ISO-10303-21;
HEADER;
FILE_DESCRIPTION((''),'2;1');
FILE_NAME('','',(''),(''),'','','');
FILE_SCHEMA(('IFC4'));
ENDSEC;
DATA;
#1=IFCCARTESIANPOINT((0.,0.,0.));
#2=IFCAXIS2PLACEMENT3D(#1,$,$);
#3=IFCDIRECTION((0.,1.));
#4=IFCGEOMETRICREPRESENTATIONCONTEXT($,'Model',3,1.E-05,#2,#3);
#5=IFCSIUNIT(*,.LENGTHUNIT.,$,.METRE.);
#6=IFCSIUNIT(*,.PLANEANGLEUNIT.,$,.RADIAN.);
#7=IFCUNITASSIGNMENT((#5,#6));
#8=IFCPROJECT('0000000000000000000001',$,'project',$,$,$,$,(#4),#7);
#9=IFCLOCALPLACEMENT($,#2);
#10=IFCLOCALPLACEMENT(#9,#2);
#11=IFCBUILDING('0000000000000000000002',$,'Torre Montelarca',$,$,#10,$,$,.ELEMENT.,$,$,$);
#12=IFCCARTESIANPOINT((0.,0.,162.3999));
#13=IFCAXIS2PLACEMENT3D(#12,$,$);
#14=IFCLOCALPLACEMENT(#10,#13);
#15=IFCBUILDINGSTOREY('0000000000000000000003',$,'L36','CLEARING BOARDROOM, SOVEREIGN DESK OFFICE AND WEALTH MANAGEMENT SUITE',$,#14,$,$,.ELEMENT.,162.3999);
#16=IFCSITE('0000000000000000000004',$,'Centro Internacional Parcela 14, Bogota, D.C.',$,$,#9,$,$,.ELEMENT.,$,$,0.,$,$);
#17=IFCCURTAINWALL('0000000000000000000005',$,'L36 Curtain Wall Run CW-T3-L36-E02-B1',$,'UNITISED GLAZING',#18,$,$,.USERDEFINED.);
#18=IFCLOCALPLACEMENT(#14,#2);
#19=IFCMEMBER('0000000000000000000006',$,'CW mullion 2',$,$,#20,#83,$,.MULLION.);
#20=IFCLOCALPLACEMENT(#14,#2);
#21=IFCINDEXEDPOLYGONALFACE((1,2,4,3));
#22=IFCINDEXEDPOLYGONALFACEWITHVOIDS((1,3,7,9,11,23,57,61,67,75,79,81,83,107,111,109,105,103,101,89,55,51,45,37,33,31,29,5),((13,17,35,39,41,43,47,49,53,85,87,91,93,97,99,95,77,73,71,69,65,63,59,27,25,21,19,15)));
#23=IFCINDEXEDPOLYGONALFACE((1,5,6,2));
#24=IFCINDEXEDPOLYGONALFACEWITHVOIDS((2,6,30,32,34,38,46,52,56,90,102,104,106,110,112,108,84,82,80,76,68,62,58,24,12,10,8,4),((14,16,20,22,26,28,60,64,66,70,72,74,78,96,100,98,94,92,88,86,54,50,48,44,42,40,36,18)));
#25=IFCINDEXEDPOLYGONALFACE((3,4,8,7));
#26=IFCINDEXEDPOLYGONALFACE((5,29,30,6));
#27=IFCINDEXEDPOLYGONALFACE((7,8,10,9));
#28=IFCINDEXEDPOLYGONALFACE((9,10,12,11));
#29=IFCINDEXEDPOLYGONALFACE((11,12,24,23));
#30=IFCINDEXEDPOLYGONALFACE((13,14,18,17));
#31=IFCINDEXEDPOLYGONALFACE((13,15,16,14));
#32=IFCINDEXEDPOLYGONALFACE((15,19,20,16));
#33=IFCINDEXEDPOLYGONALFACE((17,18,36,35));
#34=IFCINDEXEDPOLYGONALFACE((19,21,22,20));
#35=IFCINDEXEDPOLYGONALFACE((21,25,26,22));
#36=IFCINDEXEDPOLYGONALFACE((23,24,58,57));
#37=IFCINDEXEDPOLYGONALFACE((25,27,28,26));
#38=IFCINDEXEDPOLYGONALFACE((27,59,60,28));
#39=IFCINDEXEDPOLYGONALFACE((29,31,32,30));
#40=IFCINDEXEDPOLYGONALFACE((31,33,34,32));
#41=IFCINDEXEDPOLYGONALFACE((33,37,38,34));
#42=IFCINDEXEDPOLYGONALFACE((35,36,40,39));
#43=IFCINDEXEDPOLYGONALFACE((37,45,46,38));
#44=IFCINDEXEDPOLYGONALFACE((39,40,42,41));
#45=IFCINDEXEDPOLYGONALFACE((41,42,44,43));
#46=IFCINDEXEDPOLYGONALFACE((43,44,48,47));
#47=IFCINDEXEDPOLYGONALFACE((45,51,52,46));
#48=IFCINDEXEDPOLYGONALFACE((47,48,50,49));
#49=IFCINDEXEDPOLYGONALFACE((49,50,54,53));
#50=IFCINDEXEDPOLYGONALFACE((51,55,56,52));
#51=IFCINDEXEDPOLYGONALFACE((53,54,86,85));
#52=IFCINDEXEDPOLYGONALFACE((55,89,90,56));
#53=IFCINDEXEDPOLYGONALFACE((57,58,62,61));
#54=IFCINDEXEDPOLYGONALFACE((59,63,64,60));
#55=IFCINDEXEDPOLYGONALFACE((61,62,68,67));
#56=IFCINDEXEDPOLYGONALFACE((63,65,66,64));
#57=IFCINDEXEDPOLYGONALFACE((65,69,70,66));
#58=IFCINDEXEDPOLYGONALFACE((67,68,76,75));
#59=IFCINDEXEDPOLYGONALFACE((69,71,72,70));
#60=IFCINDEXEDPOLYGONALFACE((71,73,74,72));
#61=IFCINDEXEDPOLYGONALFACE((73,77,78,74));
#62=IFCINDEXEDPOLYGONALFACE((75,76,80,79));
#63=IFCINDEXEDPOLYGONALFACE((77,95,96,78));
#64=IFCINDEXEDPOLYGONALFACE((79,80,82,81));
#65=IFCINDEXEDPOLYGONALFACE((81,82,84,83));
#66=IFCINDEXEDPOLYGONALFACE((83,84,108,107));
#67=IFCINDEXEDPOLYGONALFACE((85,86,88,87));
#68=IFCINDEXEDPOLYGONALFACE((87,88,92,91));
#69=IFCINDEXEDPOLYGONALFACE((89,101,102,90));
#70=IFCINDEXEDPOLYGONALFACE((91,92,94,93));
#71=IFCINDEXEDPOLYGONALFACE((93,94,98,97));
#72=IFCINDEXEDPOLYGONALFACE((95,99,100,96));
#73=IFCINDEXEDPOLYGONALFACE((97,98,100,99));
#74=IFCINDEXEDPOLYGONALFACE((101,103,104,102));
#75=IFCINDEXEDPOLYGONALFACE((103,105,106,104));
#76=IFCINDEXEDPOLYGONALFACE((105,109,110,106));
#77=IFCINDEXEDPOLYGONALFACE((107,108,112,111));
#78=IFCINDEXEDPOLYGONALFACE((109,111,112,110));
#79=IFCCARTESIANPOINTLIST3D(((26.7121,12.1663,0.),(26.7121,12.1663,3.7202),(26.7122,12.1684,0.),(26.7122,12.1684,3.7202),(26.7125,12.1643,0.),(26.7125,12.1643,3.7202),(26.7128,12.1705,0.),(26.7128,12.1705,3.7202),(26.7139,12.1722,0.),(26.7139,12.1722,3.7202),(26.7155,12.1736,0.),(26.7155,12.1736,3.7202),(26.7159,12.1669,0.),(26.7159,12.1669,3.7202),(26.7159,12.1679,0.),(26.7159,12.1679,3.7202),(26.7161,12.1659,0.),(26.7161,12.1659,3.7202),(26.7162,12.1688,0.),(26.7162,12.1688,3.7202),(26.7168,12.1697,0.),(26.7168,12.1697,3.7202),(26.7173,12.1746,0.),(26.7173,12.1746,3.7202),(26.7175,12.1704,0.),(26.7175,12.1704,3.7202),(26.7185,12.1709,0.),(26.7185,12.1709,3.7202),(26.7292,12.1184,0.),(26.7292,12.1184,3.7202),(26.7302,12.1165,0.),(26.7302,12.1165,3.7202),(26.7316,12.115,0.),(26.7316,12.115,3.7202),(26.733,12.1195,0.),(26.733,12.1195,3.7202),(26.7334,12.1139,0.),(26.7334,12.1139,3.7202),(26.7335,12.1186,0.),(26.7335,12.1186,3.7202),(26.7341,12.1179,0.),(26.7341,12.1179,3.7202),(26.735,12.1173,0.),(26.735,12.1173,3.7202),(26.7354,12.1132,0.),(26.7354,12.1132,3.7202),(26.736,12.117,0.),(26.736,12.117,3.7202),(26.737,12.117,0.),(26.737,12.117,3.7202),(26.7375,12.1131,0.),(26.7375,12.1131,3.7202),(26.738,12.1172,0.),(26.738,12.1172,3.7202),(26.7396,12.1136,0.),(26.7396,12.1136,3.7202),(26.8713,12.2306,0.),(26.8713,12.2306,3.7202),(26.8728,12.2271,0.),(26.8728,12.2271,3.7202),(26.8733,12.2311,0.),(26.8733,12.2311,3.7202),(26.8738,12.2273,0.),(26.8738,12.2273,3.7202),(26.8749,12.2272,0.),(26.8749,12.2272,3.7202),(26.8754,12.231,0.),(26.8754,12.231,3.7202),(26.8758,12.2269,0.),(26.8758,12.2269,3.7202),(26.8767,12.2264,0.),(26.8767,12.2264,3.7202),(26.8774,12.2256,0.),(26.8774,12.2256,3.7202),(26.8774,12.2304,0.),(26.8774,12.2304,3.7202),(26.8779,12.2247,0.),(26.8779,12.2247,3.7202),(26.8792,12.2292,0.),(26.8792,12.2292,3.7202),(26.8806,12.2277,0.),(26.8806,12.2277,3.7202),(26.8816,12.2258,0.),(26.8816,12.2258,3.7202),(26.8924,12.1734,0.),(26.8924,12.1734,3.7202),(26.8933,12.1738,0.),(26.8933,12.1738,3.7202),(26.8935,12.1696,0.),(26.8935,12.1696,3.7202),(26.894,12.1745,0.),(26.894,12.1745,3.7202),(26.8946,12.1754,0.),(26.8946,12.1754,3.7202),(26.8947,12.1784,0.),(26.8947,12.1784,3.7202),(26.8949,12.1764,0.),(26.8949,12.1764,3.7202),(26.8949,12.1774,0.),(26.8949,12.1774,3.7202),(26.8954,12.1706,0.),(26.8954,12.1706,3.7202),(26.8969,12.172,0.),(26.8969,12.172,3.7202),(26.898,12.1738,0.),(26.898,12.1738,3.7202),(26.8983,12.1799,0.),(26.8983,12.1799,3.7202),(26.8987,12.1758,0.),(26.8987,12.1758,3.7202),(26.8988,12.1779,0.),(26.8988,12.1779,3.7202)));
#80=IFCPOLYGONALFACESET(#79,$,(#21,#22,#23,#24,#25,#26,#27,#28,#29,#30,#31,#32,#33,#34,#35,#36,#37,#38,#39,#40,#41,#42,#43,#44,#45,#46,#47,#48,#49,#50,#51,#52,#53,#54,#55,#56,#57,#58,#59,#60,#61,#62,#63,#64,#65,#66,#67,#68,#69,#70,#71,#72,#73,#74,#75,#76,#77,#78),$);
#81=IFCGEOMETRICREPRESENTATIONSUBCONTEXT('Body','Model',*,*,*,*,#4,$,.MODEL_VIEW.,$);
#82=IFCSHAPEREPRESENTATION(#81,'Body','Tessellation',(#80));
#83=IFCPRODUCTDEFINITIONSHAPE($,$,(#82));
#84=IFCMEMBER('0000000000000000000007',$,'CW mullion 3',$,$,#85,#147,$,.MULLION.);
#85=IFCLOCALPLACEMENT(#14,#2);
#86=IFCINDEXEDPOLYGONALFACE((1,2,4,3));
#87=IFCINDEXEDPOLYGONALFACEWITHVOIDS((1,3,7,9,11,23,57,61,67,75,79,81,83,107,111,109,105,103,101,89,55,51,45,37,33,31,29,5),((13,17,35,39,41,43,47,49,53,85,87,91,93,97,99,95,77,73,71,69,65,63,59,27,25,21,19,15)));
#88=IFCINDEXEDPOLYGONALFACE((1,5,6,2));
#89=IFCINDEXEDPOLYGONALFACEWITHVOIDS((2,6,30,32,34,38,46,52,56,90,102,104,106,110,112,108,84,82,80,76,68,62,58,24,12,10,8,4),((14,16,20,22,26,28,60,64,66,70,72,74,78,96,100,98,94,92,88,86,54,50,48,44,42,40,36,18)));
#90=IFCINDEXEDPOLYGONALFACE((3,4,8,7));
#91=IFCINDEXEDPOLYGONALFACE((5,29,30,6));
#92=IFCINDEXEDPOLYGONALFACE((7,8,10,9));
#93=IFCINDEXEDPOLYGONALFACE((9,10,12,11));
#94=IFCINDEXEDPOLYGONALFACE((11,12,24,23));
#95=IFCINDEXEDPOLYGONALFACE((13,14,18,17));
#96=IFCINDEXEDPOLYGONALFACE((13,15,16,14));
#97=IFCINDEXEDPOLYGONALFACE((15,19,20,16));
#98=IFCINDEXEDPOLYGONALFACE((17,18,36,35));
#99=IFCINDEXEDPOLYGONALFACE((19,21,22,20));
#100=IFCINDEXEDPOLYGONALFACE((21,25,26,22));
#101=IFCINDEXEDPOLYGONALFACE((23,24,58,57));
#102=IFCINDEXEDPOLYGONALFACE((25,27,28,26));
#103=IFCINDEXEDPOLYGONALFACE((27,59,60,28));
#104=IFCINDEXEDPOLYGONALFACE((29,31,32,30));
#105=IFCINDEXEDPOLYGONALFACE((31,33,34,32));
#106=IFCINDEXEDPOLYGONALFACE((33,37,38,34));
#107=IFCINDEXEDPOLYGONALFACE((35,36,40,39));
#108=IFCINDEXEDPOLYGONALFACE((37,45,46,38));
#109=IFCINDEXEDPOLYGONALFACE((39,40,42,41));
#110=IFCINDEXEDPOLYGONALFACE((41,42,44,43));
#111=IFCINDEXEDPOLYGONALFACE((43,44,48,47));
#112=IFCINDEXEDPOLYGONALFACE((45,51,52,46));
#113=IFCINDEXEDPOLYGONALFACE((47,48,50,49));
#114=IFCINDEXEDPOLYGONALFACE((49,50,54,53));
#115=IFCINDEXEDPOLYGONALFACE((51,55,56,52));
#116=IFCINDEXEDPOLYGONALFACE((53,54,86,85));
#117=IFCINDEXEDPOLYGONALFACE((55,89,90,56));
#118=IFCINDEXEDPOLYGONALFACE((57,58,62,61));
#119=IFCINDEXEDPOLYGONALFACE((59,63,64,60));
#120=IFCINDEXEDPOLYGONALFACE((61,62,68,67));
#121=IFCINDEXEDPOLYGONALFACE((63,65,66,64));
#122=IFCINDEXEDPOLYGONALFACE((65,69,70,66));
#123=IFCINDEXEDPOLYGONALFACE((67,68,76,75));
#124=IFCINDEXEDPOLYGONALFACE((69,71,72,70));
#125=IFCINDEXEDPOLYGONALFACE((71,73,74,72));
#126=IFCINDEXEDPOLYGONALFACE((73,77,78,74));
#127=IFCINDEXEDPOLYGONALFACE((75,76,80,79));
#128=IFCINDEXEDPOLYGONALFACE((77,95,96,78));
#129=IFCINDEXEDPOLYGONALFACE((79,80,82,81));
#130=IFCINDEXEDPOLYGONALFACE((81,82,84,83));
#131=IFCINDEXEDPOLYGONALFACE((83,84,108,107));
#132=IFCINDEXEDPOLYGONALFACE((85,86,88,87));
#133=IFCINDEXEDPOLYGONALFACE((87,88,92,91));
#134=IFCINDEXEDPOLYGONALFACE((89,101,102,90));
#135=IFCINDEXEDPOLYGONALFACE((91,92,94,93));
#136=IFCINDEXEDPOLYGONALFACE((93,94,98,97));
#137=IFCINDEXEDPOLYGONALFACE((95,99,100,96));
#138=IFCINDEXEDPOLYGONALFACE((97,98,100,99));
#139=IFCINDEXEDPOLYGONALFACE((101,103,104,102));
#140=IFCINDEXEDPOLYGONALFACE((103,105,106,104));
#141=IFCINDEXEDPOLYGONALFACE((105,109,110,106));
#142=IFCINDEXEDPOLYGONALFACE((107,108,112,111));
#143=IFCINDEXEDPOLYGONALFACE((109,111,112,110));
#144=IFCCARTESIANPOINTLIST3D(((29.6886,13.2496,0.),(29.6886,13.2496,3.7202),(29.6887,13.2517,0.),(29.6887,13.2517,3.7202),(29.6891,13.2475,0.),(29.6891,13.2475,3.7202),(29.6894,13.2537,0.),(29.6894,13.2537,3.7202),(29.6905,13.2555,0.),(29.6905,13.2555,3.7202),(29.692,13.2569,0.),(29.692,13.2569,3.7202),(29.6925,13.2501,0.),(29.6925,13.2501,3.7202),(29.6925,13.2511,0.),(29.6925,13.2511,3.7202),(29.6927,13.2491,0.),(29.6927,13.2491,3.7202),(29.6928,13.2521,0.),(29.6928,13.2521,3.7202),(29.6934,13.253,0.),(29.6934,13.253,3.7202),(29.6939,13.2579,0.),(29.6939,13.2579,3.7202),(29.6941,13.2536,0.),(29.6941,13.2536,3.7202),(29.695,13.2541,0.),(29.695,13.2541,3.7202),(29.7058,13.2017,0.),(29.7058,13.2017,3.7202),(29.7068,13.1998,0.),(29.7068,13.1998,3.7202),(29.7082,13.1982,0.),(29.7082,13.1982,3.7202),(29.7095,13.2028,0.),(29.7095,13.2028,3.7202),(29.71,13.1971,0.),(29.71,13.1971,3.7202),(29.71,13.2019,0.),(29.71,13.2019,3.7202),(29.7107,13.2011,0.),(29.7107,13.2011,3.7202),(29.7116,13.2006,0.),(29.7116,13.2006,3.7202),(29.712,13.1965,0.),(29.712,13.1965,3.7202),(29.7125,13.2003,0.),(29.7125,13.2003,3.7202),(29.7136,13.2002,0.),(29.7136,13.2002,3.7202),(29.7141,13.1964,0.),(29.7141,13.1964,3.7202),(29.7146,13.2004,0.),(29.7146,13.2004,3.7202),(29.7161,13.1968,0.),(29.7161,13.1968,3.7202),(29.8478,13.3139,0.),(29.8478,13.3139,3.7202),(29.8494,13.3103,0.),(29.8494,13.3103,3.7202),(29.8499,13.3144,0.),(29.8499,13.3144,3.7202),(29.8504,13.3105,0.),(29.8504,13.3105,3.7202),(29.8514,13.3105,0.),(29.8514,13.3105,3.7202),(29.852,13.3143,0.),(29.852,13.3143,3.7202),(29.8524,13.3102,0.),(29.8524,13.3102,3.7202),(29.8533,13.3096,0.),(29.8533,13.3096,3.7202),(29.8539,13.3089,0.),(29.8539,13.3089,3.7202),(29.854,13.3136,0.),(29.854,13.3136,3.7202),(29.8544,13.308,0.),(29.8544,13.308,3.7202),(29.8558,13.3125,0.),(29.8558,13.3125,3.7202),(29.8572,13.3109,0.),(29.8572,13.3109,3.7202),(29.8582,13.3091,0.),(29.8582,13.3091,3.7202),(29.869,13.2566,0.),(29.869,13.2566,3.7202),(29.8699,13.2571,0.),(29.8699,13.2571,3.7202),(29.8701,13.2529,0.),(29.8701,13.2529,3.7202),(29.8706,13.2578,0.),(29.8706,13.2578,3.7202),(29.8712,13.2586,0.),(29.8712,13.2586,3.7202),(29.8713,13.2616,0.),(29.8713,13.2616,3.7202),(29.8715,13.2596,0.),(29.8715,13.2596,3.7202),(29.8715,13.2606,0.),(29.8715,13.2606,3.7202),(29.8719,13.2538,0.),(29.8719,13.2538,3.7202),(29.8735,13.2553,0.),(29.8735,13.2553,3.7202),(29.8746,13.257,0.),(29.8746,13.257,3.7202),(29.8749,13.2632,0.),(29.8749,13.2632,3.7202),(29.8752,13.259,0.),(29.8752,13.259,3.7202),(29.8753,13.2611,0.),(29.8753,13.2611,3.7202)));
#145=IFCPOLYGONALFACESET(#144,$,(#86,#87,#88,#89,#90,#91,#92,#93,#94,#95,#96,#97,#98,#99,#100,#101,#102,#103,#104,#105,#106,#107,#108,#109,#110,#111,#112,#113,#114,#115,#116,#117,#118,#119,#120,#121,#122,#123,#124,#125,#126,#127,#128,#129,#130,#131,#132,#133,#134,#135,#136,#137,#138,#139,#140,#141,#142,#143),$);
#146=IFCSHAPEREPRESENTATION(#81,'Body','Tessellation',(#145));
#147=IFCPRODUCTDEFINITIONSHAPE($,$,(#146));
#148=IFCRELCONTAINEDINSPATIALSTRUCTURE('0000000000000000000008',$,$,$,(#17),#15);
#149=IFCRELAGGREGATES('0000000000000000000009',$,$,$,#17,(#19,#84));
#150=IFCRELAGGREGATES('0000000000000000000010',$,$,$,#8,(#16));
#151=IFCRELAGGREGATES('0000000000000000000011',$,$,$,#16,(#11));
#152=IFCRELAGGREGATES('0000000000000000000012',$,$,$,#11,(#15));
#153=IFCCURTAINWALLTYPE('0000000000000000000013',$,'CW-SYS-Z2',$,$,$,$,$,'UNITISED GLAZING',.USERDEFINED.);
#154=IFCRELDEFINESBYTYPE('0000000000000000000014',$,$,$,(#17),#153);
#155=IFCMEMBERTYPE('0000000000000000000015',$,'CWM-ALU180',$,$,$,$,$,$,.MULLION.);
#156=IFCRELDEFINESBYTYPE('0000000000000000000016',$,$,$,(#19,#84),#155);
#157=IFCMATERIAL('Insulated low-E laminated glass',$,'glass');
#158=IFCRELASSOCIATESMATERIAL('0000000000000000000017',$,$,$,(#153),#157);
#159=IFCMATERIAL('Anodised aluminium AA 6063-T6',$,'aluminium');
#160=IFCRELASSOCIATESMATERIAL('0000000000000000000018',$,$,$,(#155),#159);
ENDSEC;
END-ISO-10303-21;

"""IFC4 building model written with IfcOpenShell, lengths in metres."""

from ifc_helpers import new_model, si_unit, direction, frame, origin, origin_2d, place, context, subcontext, project, spatial, hollow_rectangle, extrude, source, transform, mapped, material, material_profile, profile_set, type_object, element, aggregate, save


model = new_model("IFC4")

# Units and contexts
model_context = context("Model", 3, precision=1e-05, world=origin(), true_north=direction((0.0, 1.0)))
body_context = subcontext(model_context, "Body", "Model", "MODEL_VIEW")
ifc_project = project(units=[si_unit("LENGTHUNIT", "METRE"), si_unit("PLANEANGLEUNIT", "RADIAN")], contexts=[model_context])

# Site, building, storey
site_placement = place(None, origin())
site = spatial("IfcSite", under=ifc_project, at=site_placement, Name="Centro Internacional Parcela 14, Bogota, D.C.", CompositionType="ELEMENT", RefElevation=0.0)
building_placement = place(site_placement, origin())
building = spatial("IfcBuilding", under=site, at=building_placement, Name="Torre Montelarca", CompositionType="ELEMENT")
storey_placement = place(building_placement, frame((0.0, 0.0, 162.3999)))
storey = spatial("IfcBuildingStorey", under=building, at=storey_placement, Name="L36", Description="CLEARING BOARDROOM, SOVEREIGN DESK OFFICE AND WEALTH MANAGEMENT SUITE", CompositionType="ELEMENT", Elevation=162.3999)

# Curtain wall
ifc_material_1 = material(Name="Insulated low-E laminated glass", Category="glass")
curtain_wall_type = type_object("IfcCurtainWallType", Name="CW-SYS-Z2", ElementType="UNITISED GLAZING", PredefinedType="USERDEFINED", material=ifc_material_1)
curtain_wall_1_placement = place(storey_placement, origin())
curtain_wall_1 = element("IfcCurtainWall", 1, at=curtain_wall_1_placement, inside=storey, type_object=curtain_wall_type, Name="L36 Curtain Wall Run CW-T3-L36-E02-B1", ObjectType="UNITISED GLAZING", PredefinedType="USERDEFINED")
ifc_material_2 = material(Name="Anodised aluminium AA 6063-T6", Category="aluminium")

# Shared definitions
ifc_material_profile_1 = material_profile(ifc_material_2, hollow_rectangle(XDim=0.0649, YDim=0.1799, WallThickness=0.0039, InnerFilletRadius=0.0039, OuterFilletRadius=0.0081, at=origin_2d()), Name="ALU65X180X4", Category="aluminium")
ifc_profile_set_1 = profile_set([ifc_material_profile_1], Name="Anodised aluminium AA 6063-T6")
member_type_1 = type_object("IfcMemberType", Name="CWM-ALU180", PredefinedType="MULLION", material=ifc_profile_set_1)
shared_shape_1 = source(origin(), body_context, "Body", "SweptSolid", [
    extrude(hollow_rectangle(XDim=0.0649, YDim=0.1799, WallThickness=0.0039, InnerFilletRadius=0.0039, OuterFilletRadius=0.0081, at=origin_2d()), origin(), (0.0, 0.0, 1.0), 3.7202),
])

# Members
member_1_placement = place(storey_placement, frame((26.8054, 12.1721, 0.0), z_axis=(0.0, 0.0, 1.0), x_axis=(-0.342018, 0.939693, 0.0)))
member_1 = element("IfcMember", 2, at=member_1_placement, type_object=member_type_1, Name="CW mullion 2", PredefinedType="MULLION", context=body_context, shape_type="MappedRepresentation", body=[
    mapped(shared_shape_1, transform((0.0, 0.0, 0.0), scale=1.0)),
])
member_2_placement = place(storey_placement, frame((29.782, 13.2554, 0.0), z_axis=(0.0, 0.0, 1.0), x_axis=(-0.342018, 0.939693, 0.0)))
member_2 = element("IfcMember", 3, at=member_2_placement, type_object=member_type_1, Name="CW mullion 3", PredefinedType="MULLION", context=body_context, shape_type="MappedRepresentation", body=[
    mapped(shared_shape_1, transform((0.0, 0.0, 0.0), scale=1.0)),
])

aggregate(curtain_wall_1, [member_1, member_2])

save(model, "model.ifc")
